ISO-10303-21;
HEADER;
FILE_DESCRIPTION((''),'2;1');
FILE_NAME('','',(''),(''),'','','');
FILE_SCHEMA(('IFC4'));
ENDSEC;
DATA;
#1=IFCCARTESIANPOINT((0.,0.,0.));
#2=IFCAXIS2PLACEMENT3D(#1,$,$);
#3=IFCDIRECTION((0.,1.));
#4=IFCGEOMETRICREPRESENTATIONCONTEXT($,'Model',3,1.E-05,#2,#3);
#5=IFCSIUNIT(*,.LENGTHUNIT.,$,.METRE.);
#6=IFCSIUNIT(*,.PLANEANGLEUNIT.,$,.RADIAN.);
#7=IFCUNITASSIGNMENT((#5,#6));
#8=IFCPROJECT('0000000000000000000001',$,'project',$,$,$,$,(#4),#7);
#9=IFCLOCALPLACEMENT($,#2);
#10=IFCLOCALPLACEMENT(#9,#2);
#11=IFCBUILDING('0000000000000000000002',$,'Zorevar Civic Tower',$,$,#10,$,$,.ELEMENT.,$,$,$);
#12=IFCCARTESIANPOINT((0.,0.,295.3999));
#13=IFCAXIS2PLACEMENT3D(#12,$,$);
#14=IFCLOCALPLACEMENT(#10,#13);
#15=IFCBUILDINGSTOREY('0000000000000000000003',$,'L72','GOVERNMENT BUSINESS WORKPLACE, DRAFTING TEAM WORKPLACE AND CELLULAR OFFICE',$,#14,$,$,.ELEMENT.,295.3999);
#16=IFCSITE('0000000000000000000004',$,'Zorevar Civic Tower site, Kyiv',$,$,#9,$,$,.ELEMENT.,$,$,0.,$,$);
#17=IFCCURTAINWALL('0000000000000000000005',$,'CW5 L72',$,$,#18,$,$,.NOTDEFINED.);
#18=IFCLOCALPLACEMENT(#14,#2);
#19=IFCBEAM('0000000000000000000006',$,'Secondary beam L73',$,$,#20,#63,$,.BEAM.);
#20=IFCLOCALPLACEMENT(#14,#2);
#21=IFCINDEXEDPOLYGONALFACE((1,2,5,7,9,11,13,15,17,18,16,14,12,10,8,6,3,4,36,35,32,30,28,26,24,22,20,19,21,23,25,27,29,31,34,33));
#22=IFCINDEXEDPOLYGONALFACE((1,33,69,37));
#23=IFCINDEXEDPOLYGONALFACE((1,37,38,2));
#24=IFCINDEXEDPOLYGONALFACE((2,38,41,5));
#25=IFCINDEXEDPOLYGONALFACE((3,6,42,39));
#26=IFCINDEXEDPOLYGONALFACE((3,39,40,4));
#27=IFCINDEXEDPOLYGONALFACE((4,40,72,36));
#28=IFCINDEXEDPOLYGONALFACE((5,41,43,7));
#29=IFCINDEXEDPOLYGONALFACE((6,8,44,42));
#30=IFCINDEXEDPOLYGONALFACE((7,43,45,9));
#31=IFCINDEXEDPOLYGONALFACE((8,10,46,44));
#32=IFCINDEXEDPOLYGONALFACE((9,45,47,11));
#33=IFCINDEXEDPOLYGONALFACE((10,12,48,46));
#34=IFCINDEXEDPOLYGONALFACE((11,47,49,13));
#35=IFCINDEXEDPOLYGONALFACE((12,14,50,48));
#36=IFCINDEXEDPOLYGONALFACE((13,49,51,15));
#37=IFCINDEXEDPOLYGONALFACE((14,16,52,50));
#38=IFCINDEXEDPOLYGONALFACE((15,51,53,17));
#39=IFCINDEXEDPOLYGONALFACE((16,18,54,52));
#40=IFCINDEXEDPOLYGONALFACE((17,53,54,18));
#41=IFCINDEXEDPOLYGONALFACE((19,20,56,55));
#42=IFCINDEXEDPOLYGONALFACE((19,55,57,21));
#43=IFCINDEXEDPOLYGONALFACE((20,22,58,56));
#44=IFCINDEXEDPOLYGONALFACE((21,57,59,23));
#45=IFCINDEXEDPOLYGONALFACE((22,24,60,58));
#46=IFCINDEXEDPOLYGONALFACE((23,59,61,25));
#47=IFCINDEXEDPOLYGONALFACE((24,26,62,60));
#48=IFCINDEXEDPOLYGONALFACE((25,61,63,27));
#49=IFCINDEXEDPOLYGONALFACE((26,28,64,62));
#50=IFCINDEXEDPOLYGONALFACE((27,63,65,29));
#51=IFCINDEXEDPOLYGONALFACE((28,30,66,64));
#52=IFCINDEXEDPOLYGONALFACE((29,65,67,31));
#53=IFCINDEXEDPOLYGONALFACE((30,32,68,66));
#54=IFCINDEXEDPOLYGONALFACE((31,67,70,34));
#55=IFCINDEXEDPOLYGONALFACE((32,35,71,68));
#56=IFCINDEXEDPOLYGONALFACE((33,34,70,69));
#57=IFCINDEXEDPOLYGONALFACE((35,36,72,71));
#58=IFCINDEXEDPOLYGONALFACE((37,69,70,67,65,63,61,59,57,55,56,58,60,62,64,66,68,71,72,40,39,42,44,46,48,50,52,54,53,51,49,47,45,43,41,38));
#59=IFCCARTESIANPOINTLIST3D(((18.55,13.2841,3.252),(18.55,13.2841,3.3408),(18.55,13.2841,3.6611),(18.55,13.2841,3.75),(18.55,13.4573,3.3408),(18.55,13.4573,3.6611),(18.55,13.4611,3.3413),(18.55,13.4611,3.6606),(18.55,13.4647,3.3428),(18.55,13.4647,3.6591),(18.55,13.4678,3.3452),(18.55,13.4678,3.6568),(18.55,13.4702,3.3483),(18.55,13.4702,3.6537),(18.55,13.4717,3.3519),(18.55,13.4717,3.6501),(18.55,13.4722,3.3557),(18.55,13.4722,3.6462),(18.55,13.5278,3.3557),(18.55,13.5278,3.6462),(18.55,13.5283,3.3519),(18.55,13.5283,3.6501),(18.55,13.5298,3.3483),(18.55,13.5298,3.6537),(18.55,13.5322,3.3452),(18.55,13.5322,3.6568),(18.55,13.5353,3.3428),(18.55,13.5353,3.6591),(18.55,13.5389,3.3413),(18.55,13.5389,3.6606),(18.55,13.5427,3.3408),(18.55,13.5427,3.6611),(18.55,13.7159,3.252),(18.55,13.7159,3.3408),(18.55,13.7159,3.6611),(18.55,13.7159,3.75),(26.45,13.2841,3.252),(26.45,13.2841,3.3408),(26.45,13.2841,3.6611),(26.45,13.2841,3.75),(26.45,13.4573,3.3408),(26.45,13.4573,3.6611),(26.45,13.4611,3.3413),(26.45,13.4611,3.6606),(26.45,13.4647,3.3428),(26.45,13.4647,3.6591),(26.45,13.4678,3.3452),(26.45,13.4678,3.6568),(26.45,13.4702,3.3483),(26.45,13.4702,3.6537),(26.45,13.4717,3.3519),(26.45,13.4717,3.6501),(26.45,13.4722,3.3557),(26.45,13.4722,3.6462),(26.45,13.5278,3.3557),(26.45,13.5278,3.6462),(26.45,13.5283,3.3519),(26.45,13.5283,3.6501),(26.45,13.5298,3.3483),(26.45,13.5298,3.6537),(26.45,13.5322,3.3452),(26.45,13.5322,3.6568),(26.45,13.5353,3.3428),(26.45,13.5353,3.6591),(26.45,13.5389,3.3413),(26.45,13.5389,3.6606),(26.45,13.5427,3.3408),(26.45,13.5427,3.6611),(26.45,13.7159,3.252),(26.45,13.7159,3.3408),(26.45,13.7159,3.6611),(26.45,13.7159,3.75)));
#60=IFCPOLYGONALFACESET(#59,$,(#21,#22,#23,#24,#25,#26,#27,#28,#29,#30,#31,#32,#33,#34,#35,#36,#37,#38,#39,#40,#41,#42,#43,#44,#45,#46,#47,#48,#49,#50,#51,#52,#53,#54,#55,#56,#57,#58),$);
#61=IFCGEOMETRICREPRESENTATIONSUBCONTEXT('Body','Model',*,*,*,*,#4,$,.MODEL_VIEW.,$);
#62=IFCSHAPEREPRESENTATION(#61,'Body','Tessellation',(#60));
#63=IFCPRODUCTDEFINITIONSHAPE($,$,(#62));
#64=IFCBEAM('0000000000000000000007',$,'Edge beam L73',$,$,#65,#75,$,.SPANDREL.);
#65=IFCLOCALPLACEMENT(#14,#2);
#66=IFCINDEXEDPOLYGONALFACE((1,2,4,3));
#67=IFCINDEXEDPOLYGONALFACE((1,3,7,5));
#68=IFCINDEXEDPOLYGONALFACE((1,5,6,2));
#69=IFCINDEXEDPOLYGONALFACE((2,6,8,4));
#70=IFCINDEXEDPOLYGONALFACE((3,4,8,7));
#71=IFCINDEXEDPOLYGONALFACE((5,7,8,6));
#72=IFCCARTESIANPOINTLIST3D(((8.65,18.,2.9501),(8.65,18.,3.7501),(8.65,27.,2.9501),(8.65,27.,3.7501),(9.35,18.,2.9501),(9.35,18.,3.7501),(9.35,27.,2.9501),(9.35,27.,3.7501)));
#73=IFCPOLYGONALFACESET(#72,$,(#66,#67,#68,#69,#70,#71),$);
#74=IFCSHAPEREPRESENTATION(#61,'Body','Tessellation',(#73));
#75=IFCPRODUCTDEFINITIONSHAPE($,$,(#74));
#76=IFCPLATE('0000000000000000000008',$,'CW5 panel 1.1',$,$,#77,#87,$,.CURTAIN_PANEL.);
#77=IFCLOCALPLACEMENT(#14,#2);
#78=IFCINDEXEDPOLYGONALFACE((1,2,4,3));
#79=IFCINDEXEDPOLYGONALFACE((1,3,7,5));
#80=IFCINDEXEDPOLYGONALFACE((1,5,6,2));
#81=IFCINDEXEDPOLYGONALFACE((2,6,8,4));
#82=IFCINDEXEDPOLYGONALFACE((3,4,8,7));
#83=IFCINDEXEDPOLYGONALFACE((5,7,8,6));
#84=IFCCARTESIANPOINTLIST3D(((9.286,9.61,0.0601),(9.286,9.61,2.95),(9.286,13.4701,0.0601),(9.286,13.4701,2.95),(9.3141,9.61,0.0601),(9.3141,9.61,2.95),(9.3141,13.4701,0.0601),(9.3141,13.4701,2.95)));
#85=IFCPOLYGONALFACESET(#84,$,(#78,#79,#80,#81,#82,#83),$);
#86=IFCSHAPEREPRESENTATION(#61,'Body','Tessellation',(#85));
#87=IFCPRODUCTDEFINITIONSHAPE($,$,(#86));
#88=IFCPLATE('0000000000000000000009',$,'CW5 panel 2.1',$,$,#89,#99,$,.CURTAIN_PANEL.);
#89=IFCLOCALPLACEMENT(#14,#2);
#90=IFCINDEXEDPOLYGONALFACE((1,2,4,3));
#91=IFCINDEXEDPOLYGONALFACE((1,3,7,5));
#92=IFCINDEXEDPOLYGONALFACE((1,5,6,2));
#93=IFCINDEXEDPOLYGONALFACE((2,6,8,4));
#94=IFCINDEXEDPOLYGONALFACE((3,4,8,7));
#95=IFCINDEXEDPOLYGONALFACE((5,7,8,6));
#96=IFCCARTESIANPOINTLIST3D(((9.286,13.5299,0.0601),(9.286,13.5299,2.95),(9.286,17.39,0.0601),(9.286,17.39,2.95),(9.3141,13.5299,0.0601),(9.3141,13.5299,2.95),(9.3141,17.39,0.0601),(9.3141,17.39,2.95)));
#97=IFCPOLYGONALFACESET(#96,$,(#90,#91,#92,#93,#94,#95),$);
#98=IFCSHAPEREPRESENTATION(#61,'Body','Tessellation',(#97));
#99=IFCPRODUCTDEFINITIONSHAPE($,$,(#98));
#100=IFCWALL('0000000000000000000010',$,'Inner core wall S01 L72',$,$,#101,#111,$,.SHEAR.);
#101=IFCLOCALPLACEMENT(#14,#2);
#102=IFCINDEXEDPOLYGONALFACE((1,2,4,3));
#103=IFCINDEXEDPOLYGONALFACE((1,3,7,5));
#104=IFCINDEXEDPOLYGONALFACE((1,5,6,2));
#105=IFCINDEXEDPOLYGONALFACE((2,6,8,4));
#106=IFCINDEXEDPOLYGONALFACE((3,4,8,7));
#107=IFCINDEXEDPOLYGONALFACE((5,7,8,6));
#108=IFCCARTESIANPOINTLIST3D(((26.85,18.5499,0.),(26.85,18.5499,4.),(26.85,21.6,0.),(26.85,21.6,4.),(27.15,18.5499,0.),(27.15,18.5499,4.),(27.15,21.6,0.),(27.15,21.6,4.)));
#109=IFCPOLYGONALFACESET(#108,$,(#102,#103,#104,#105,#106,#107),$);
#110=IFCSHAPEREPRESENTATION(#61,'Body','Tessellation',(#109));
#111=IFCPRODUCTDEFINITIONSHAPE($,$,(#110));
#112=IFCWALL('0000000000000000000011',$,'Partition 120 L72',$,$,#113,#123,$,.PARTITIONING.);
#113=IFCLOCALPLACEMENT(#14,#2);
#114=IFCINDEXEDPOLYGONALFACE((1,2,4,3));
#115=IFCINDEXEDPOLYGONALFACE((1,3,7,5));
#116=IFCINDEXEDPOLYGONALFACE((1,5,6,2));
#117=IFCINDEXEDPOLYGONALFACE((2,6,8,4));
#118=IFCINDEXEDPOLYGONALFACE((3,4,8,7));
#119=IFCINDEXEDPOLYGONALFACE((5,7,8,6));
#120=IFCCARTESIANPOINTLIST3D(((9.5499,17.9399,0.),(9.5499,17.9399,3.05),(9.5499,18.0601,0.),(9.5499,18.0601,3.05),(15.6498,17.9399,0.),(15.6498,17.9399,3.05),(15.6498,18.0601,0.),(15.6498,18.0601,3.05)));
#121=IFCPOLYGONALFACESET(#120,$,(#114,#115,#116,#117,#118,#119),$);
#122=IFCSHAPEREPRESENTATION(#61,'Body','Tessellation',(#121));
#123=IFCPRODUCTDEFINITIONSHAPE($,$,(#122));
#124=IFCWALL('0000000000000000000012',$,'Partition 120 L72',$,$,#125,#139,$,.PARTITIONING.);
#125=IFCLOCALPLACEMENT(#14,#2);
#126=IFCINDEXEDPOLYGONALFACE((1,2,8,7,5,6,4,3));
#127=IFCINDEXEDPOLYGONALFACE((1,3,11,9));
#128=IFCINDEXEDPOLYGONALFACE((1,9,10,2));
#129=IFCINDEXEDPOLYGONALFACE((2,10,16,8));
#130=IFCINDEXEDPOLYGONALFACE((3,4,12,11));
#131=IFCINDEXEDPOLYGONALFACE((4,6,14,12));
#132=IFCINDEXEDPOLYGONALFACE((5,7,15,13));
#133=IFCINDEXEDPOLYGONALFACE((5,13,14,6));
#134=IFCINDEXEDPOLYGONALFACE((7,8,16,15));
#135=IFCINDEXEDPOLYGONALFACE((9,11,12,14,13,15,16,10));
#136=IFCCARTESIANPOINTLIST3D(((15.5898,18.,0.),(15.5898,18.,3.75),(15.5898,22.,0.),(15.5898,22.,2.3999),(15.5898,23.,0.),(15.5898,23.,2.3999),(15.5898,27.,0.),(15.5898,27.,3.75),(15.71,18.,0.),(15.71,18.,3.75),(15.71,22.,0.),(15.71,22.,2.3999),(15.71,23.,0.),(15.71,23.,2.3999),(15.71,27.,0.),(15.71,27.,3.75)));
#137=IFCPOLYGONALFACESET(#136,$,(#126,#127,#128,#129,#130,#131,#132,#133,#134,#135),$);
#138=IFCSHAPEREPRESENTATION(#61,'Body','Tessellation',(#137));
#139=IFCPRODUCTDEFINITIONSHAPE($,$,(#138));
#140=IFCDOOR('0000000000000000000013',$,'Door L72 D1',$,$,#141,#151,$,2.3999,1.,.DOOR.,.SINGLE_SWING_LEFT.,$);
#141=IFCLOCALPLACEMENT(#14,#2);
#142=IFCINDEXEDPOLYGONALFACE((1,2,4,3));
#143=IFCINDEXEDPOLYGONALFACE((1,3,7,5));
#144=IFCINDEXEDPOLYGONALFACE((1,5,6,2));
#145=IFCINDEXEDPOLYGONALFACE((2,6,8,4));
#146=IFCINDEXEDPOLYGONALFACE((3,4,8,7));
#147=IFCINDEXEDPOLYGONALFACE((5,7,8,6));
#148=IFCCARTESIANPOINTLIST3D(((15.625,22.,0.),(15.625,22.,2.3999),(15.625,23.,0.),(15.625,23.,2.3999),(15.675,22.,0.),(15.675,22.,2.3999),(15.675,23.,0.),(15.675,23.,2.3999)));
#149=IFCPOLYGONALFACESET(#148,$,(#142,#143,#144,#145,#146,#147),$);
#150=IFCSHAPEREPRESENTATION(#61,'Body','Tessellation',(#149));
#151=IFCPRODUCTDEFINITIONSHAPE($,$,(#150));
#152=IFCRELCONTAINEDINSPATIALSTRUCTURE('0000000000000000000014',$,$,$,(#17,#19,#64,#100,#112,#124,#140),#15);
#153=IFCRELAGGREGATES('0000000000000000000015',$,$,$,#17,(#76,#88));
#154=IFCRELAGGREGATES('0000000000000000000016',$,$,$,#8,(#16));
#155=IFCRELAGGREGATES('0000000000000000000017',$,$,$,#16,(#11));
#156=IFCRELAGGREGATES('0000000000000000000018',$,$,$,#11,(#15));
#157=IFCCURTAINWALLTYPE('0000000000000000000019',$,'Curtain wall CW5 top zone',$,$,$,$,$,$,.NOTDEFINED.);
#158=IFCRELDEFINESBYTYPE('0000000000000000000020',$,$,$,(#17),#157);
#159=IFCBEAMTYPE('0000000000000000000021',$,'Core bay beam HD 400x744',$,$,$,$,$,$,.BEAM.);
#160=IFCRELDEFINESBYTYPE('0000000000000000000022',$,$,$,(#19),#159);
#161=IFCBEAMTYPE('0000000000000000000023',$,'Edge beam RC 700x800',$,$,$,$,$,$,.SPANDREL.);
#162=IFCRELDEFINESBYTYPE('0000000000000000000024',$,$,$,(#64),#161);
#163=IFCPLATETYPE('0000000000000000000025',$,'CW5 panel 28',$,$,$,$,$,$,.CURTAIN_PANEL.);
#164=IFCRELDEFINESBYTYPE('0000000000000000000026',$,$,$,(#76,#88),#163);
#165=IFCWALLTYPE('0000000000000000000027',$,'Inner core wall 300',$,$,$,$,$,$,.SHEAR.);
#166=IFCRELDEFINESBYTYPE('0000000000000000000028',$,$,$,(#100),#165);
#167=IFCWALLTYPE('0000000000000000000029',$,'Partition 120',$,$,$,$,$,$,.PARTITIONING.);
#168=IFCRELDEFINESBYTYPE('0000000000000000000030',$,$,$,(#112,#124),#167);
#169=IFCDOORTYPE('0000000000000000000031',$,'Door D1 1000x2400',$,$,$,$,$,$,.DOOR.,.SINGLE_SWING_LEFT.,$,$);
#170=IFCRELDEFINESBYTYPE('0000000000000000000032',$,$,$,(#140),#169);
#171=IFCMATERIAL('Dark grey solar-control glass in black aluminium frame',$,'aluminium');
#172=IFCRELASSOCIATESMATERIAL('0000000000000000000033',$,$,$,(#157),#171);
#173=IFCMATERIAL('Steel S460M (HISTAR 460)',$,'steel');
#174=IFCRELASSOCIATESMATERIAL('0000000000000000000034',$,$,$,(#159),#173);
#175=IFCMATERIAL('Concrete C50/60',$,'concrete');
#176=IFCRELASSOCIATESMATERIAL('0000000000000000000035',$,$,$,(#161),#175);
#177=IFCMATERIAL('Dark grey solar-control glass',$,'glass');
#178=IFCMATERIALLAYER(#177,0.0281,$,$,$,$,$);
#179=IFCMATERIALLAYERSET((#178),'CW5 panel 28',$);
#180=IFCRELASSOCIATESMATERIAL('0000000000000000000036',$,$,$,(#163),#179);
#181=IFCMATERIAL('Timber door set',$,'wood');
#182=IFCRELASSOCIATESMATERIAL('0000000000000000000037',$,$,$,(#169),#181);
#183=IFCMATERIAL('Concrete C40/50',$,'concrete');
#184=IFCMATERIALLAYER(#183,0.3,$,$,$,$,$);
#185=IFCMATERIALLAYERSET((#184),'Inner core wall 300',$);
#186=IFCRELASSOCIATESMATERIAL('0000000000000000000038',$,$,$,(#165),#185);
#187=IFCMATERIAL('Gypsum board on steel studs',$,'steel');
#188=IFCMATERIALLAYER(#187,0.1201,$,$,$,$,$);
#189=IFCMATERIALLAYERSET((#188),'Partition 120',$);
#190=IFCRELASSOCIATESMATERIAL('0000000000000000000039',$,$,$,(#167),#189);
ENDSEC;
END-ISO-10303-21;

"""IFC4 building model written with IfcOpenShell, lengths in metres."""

from ifc_helpers import new_model, si_unit, direction, frame, frame_2d, origin, origin_2d, place, context, subcontext, project, spatial, rectangle, i_section, extrude, material, layer, layer_set, material_profile, profile_set, type_object, element, fill, aggregate, save


model = new_model("IFC4")

# Units and contexts
model_context = context("Model", 3, precision=1e-05, world=origin(), true_north=direction((0.0, 1.0)))
body_context = subcontext(model_context, "Body", "Model", "MODEL_VIEW")
ifc_project = project(units=[si_unit("LENGTHUNIT", "METRE"), si_unit("PLANEANGLEUNIT", "RADIAN")], contexts=[model_context])

# Site, building, storey
site_placement = place(None, origin())
site = spatial("IfcSite", under=ifc_project, at=site_placement, Name="Zorevar Civic Tower site, Kyiv", CompositionType="ELEMENT", RefElevation=0.0)
building_placement = place(site_placement, origin())
building = spatial("IfcBuilding", under=site, at=building_placement, Name="Zorevar Civic Tower", CompositionType="ELEMENT")
storey_placement = place(building_placement, frame((0.0, 0.0, 295.3999)))
storey = spatial("IfcBuildingStorey", under=building, at=storey_placement, Name="L72", Description="GOVERNMENT BUSINESS WORKPLACE, DRAFTING TEAM WORKPLACE AND CELLULAR OFFICE", CompositionType="ELEMENT", Elevation=295.3999)

# Curtain wall
ifc_material_1 = material(Name="Dark grey solar-control glass in black aluminium frame", Category="aluminium")
curtain_wall_type = type_object("IfcCurtainWallType", Name="Curtain wall CW5 top zone", PredefinedType="NOTDEFINED", material=ifc_material_1)
curtain_wall_1_placement = place(storey_placement, origin())
curtain_wall_1 = element("IfcCurtainWall", 1, at=curtain_wall_1_placement, inside=storey, type_object=curtain_wall_type, Name="CW5 L72", PredefinedType="NOTDEFINED")

# Beams
ifc_material_2 = material(Name="Steel S460M (HISTAR 460)", Category="steel")
ifc_material_profile_1 = material_profile(ifc_material_2, i_section(OverallWidth=0.4319, OverallDepth=0.498, WebThickness=0.0557, FlangeThickness=0.0889, FilletRadius=0.0149, at=origin_2d()), Name="HD 400x744")
ifc_profile_set_1 = profile_set([ifc_material_profile_1], Name="Steel S460M (HISTAR 460)")
beam_type_1 = type_object("IfcBeamType", Name="Core bay beam HD 400x744", PredefinedType="BEAM", material=ifc_profile_set_1)
beam_1_placement = place(storey_placement, frame((18.55, 13.5, 3.501), z_axis=(1.0, 0.0, 0.0), x_axis=(0.0, 1.0, 0.0)))
element("IfcBeam", 2, at=beam_1_placement, inside=storey, type_object=beam_type_1, Name="Secondary beam L73", PredefinedType="BEAM", context=body_context, shape_type="SweptSolid", body=[
    extrude(i_section(OverallWidth=0.4319, OverallDepth=0.498, WebThickness=0.0557, FlangeThickness=0.0889, FilletRadius=0.0149, at=origin_2d()), origin(), (0.0, 0.0, 1.0), 7.8999),
])
ifc_material_3 = material(Name="Concrete C50/60", Category="concrete")
ifc_material_profile_2 = material_profile(ifc_material_3, rectangle(XDim=0.7, YDim=0.8, at=origin_2d()), Name="RC 700x800")
ifc_profile_set_2 = profile_set([ifc_material_profile_2], Name="Concrete C50/60")
beam_type_2 = type_object("IfcBeamType", Name="Edge beam RC 700x800", PredefinedType="SPANDREL", material=ifc_profile_set_2)
beam_2_placement = place(storey_placement, frame((9.0, 18.0, 3.3501), z_axis=(0.0, 1.0, 0.0), x_axis=(-1.0, 0.0, 0.0)))
element("IfcBeam", 3, at=beam_2_placement, inside=storey, type_object=beam_type_2, Name="Edge beam L73", PredefinedType="SPANDREL", context=body_context, shape_type="SweptSolid", body=[
    extrude(rectangle(XDim=0.7, YDim=0.8, at=origin_2d()), origin(), (0.0, 0.0, 1.0), 9.0),
])

# Plates
ifc_material_4 = material(Name="Dark grey solar-control glass", Category="glass")
ifc_layer_1 = layer(ifc_material_4, 0.0281)
ifc_layer_set_1 = layer_set([ifc_layer_1], Name="CW5 panel 28")
plate_type = type_object("IfcPlateType", Name="CW5 panel 28", PredefinedType="CURTAIN_PANEL", material=ifc_layer_set_1)
plate_1_placement = place(storey_placement, frame((9.3, 11.54, 0.0601), z_axis=(0.0, 0.0, 1.0), x_axis=(0.0, 1.0, 0.0)))
plate_1 = element("IfcPlate", 4, at=plate_1_placement, type_object=plate_type, Name="CW5 panel 1.1", PredefinedType="CURTAIN_PANEL", context=body_context, shape_type="SweptSolid", body=[
    extrude(rectangle(XDim=3.8601, YDim=0.0281, at=origin_2d()), origin(), (0.0, 0.0, 1.0), 2.8899),
])
plate_2_placement = place(storey_placement, frame((9.3, 15.46, 0.0601), z_axis=(0.0, 0.0, 1.0), x_axis=(0.0, 1.0, 0.0)))
plate_2 = element("IfcPlate", 5, at=plate_2_placement, type_object=plate_type, Name="CW5 panel 2.1", PredefinedType="CURTAIN_PANEL", context=body_context, shape_type="SweptSolid", body=[
    extrude(rectangle(XDim=3.8601, YDim=0.0281, at=origin_2d()), origin(), (0.0, 0.0, 1.0), 2.8899),
])
aggregate(curtain_wall_1, [plate_1, plate_2])

# Shared definitions
ifc_material_5 = material(Name="Timber door set", Category="wood")
door_type_1 = type_object("IfcDoorType", Name="Door D1 1000x2400", OperationType="SINGLE_SWING_LEFT", PredefinedType="DOOR", material=ifc_material_5)

# Walls
ifc_material_6 = material(Name="Concrete C40/50", Category="concrete")
ifc_layer_2 = layer(ifc_material_6, 0.3)
ifc_layer_set_2 = layer_set([ifc_layer_2], Name="Inner core wall 300")
wall_type_1 = type_object("IfcWallType", Name="Inner core wall 300", PredefinedType="SHEAR", material=ifc_layer_set_2)
wall_1_placement = place(storey_placement, frame((27.0, 18.55, 0.0), z_axis=(0.0, 0.0, 1.0), x_axis=(0.0, 1.0, 0.0)))
element("IfcWall", 6, at=wall_1_placement, inside=storey, type_object=wall_type_1, Name="Inner core wall S01 L72", PredefinedType="SHEAR", context=body_context, shape_type="SweptSolid", body=[
    extrude(rectangle(XDim=3.05, YDim=0.3, at=frame_2d((1.5249, 0.0))), origin(), (0.0, 0.0, 1.0), 4.0),
])
ifc_material_7 = material(Name="Gypsum board on steel studs", Category="steel")
ifc_layer_3 = layer(ifc_material_7, 0.1201)
ifc_layer_set_3 = layer_set([ifc_layer_3], Name="Partition 120")
wall_type_2 = type_object("IfcWallType", Name="Partition 120", PredefinedType="PARTITIONING", material=ifc_layer_set_3)
wall_2_placement = place(storey_placement, frame((9.55, 18.0, 0.0), z_axis=(0.0, 0.0, 1.0), x_axis=(1.0, 0.0, 0.0)))
element("IfcWall", 7, at=wall_2_placement, inside=storey, type_object=wall_type_2, Name="Partition 120 L72", PredefinedType="PARTITIONING", context=body_context, shape_type="SweptSolid", body=[
    extrude(rectangle(XDim=6.0999, YDim=0.1201, at=frame_2d((3.0498, 0.0))), origin(), (0.0, 0.0, 1.0), 3.05),
])

# Wall, opening, door
wall_3_placement = place(storey_placement, frame((15.6499, 18.0, 0.0), z_axis=(0.0, 0.0, 1.0), x_axis=(0.0, 1.0, 0.0)))
wall_3 = element("IfcWall", 8, at=wall_3_placement, inside=storey, type_object=wall_type_2, Name="Partition 120 L72", PredefinedType="PARTITIONING", context=body_context, shape_type="SweptSolid", body=[
    extrude(rectangle(XDim=9.0, YDim=0.1201, at=frame_2d((4.5, 0.0))), origin(), (0.0, 0.0, 1.0), 3.75),
])
opening_1_placement = place(wall_3_placement, frame((4.0, 0.0, 0.0)))
opening_1 = element("IfcOpeningElement", 9, at=opening_1_placement, cuts=wall_3, PredefinedType="OPENING", context=body_context, shape_type="SweptSolid", body=[
    extrude(rectangle(XDim=1.0, YDim=2.3999, at=frame_2d((0.5, 1.2))), frame((0.0, 0.0701, 0.0), z_axis=(0.0, -1.0, 0.0), x_axis=(1.0, 0.0, 0.0)), (0.0, 0.0, 1.0), 0.1401),
])
door_1_placement = place(opening_1_placement, origin())
door_1 = element("IfcDoor", 10, at=door_1_placement, inside=storey, type_object=door_type_1, Name="Door L72 D1", OperationType="SINGLE_SWING_LEFT", OverallHeight=2.3999, OverallWidth=1.0, PredefinedType="DOOR", context=body_context, shape_type="SweptSolid", body=[
    extrude(rectangle(XDim=1.0, YDim=2.3999, at=frame_2d((0.5, 1.2))), frame((0.0, 0.0249, 0.0), z_axis=(0.0, -1.0, 0.0), x_axis=(1.0, 0.0, 0.0)), (0.0, 0.0, 1.0), 0.05),
])
fill(opening_1, door_1)

save(model, "model.ifc")
